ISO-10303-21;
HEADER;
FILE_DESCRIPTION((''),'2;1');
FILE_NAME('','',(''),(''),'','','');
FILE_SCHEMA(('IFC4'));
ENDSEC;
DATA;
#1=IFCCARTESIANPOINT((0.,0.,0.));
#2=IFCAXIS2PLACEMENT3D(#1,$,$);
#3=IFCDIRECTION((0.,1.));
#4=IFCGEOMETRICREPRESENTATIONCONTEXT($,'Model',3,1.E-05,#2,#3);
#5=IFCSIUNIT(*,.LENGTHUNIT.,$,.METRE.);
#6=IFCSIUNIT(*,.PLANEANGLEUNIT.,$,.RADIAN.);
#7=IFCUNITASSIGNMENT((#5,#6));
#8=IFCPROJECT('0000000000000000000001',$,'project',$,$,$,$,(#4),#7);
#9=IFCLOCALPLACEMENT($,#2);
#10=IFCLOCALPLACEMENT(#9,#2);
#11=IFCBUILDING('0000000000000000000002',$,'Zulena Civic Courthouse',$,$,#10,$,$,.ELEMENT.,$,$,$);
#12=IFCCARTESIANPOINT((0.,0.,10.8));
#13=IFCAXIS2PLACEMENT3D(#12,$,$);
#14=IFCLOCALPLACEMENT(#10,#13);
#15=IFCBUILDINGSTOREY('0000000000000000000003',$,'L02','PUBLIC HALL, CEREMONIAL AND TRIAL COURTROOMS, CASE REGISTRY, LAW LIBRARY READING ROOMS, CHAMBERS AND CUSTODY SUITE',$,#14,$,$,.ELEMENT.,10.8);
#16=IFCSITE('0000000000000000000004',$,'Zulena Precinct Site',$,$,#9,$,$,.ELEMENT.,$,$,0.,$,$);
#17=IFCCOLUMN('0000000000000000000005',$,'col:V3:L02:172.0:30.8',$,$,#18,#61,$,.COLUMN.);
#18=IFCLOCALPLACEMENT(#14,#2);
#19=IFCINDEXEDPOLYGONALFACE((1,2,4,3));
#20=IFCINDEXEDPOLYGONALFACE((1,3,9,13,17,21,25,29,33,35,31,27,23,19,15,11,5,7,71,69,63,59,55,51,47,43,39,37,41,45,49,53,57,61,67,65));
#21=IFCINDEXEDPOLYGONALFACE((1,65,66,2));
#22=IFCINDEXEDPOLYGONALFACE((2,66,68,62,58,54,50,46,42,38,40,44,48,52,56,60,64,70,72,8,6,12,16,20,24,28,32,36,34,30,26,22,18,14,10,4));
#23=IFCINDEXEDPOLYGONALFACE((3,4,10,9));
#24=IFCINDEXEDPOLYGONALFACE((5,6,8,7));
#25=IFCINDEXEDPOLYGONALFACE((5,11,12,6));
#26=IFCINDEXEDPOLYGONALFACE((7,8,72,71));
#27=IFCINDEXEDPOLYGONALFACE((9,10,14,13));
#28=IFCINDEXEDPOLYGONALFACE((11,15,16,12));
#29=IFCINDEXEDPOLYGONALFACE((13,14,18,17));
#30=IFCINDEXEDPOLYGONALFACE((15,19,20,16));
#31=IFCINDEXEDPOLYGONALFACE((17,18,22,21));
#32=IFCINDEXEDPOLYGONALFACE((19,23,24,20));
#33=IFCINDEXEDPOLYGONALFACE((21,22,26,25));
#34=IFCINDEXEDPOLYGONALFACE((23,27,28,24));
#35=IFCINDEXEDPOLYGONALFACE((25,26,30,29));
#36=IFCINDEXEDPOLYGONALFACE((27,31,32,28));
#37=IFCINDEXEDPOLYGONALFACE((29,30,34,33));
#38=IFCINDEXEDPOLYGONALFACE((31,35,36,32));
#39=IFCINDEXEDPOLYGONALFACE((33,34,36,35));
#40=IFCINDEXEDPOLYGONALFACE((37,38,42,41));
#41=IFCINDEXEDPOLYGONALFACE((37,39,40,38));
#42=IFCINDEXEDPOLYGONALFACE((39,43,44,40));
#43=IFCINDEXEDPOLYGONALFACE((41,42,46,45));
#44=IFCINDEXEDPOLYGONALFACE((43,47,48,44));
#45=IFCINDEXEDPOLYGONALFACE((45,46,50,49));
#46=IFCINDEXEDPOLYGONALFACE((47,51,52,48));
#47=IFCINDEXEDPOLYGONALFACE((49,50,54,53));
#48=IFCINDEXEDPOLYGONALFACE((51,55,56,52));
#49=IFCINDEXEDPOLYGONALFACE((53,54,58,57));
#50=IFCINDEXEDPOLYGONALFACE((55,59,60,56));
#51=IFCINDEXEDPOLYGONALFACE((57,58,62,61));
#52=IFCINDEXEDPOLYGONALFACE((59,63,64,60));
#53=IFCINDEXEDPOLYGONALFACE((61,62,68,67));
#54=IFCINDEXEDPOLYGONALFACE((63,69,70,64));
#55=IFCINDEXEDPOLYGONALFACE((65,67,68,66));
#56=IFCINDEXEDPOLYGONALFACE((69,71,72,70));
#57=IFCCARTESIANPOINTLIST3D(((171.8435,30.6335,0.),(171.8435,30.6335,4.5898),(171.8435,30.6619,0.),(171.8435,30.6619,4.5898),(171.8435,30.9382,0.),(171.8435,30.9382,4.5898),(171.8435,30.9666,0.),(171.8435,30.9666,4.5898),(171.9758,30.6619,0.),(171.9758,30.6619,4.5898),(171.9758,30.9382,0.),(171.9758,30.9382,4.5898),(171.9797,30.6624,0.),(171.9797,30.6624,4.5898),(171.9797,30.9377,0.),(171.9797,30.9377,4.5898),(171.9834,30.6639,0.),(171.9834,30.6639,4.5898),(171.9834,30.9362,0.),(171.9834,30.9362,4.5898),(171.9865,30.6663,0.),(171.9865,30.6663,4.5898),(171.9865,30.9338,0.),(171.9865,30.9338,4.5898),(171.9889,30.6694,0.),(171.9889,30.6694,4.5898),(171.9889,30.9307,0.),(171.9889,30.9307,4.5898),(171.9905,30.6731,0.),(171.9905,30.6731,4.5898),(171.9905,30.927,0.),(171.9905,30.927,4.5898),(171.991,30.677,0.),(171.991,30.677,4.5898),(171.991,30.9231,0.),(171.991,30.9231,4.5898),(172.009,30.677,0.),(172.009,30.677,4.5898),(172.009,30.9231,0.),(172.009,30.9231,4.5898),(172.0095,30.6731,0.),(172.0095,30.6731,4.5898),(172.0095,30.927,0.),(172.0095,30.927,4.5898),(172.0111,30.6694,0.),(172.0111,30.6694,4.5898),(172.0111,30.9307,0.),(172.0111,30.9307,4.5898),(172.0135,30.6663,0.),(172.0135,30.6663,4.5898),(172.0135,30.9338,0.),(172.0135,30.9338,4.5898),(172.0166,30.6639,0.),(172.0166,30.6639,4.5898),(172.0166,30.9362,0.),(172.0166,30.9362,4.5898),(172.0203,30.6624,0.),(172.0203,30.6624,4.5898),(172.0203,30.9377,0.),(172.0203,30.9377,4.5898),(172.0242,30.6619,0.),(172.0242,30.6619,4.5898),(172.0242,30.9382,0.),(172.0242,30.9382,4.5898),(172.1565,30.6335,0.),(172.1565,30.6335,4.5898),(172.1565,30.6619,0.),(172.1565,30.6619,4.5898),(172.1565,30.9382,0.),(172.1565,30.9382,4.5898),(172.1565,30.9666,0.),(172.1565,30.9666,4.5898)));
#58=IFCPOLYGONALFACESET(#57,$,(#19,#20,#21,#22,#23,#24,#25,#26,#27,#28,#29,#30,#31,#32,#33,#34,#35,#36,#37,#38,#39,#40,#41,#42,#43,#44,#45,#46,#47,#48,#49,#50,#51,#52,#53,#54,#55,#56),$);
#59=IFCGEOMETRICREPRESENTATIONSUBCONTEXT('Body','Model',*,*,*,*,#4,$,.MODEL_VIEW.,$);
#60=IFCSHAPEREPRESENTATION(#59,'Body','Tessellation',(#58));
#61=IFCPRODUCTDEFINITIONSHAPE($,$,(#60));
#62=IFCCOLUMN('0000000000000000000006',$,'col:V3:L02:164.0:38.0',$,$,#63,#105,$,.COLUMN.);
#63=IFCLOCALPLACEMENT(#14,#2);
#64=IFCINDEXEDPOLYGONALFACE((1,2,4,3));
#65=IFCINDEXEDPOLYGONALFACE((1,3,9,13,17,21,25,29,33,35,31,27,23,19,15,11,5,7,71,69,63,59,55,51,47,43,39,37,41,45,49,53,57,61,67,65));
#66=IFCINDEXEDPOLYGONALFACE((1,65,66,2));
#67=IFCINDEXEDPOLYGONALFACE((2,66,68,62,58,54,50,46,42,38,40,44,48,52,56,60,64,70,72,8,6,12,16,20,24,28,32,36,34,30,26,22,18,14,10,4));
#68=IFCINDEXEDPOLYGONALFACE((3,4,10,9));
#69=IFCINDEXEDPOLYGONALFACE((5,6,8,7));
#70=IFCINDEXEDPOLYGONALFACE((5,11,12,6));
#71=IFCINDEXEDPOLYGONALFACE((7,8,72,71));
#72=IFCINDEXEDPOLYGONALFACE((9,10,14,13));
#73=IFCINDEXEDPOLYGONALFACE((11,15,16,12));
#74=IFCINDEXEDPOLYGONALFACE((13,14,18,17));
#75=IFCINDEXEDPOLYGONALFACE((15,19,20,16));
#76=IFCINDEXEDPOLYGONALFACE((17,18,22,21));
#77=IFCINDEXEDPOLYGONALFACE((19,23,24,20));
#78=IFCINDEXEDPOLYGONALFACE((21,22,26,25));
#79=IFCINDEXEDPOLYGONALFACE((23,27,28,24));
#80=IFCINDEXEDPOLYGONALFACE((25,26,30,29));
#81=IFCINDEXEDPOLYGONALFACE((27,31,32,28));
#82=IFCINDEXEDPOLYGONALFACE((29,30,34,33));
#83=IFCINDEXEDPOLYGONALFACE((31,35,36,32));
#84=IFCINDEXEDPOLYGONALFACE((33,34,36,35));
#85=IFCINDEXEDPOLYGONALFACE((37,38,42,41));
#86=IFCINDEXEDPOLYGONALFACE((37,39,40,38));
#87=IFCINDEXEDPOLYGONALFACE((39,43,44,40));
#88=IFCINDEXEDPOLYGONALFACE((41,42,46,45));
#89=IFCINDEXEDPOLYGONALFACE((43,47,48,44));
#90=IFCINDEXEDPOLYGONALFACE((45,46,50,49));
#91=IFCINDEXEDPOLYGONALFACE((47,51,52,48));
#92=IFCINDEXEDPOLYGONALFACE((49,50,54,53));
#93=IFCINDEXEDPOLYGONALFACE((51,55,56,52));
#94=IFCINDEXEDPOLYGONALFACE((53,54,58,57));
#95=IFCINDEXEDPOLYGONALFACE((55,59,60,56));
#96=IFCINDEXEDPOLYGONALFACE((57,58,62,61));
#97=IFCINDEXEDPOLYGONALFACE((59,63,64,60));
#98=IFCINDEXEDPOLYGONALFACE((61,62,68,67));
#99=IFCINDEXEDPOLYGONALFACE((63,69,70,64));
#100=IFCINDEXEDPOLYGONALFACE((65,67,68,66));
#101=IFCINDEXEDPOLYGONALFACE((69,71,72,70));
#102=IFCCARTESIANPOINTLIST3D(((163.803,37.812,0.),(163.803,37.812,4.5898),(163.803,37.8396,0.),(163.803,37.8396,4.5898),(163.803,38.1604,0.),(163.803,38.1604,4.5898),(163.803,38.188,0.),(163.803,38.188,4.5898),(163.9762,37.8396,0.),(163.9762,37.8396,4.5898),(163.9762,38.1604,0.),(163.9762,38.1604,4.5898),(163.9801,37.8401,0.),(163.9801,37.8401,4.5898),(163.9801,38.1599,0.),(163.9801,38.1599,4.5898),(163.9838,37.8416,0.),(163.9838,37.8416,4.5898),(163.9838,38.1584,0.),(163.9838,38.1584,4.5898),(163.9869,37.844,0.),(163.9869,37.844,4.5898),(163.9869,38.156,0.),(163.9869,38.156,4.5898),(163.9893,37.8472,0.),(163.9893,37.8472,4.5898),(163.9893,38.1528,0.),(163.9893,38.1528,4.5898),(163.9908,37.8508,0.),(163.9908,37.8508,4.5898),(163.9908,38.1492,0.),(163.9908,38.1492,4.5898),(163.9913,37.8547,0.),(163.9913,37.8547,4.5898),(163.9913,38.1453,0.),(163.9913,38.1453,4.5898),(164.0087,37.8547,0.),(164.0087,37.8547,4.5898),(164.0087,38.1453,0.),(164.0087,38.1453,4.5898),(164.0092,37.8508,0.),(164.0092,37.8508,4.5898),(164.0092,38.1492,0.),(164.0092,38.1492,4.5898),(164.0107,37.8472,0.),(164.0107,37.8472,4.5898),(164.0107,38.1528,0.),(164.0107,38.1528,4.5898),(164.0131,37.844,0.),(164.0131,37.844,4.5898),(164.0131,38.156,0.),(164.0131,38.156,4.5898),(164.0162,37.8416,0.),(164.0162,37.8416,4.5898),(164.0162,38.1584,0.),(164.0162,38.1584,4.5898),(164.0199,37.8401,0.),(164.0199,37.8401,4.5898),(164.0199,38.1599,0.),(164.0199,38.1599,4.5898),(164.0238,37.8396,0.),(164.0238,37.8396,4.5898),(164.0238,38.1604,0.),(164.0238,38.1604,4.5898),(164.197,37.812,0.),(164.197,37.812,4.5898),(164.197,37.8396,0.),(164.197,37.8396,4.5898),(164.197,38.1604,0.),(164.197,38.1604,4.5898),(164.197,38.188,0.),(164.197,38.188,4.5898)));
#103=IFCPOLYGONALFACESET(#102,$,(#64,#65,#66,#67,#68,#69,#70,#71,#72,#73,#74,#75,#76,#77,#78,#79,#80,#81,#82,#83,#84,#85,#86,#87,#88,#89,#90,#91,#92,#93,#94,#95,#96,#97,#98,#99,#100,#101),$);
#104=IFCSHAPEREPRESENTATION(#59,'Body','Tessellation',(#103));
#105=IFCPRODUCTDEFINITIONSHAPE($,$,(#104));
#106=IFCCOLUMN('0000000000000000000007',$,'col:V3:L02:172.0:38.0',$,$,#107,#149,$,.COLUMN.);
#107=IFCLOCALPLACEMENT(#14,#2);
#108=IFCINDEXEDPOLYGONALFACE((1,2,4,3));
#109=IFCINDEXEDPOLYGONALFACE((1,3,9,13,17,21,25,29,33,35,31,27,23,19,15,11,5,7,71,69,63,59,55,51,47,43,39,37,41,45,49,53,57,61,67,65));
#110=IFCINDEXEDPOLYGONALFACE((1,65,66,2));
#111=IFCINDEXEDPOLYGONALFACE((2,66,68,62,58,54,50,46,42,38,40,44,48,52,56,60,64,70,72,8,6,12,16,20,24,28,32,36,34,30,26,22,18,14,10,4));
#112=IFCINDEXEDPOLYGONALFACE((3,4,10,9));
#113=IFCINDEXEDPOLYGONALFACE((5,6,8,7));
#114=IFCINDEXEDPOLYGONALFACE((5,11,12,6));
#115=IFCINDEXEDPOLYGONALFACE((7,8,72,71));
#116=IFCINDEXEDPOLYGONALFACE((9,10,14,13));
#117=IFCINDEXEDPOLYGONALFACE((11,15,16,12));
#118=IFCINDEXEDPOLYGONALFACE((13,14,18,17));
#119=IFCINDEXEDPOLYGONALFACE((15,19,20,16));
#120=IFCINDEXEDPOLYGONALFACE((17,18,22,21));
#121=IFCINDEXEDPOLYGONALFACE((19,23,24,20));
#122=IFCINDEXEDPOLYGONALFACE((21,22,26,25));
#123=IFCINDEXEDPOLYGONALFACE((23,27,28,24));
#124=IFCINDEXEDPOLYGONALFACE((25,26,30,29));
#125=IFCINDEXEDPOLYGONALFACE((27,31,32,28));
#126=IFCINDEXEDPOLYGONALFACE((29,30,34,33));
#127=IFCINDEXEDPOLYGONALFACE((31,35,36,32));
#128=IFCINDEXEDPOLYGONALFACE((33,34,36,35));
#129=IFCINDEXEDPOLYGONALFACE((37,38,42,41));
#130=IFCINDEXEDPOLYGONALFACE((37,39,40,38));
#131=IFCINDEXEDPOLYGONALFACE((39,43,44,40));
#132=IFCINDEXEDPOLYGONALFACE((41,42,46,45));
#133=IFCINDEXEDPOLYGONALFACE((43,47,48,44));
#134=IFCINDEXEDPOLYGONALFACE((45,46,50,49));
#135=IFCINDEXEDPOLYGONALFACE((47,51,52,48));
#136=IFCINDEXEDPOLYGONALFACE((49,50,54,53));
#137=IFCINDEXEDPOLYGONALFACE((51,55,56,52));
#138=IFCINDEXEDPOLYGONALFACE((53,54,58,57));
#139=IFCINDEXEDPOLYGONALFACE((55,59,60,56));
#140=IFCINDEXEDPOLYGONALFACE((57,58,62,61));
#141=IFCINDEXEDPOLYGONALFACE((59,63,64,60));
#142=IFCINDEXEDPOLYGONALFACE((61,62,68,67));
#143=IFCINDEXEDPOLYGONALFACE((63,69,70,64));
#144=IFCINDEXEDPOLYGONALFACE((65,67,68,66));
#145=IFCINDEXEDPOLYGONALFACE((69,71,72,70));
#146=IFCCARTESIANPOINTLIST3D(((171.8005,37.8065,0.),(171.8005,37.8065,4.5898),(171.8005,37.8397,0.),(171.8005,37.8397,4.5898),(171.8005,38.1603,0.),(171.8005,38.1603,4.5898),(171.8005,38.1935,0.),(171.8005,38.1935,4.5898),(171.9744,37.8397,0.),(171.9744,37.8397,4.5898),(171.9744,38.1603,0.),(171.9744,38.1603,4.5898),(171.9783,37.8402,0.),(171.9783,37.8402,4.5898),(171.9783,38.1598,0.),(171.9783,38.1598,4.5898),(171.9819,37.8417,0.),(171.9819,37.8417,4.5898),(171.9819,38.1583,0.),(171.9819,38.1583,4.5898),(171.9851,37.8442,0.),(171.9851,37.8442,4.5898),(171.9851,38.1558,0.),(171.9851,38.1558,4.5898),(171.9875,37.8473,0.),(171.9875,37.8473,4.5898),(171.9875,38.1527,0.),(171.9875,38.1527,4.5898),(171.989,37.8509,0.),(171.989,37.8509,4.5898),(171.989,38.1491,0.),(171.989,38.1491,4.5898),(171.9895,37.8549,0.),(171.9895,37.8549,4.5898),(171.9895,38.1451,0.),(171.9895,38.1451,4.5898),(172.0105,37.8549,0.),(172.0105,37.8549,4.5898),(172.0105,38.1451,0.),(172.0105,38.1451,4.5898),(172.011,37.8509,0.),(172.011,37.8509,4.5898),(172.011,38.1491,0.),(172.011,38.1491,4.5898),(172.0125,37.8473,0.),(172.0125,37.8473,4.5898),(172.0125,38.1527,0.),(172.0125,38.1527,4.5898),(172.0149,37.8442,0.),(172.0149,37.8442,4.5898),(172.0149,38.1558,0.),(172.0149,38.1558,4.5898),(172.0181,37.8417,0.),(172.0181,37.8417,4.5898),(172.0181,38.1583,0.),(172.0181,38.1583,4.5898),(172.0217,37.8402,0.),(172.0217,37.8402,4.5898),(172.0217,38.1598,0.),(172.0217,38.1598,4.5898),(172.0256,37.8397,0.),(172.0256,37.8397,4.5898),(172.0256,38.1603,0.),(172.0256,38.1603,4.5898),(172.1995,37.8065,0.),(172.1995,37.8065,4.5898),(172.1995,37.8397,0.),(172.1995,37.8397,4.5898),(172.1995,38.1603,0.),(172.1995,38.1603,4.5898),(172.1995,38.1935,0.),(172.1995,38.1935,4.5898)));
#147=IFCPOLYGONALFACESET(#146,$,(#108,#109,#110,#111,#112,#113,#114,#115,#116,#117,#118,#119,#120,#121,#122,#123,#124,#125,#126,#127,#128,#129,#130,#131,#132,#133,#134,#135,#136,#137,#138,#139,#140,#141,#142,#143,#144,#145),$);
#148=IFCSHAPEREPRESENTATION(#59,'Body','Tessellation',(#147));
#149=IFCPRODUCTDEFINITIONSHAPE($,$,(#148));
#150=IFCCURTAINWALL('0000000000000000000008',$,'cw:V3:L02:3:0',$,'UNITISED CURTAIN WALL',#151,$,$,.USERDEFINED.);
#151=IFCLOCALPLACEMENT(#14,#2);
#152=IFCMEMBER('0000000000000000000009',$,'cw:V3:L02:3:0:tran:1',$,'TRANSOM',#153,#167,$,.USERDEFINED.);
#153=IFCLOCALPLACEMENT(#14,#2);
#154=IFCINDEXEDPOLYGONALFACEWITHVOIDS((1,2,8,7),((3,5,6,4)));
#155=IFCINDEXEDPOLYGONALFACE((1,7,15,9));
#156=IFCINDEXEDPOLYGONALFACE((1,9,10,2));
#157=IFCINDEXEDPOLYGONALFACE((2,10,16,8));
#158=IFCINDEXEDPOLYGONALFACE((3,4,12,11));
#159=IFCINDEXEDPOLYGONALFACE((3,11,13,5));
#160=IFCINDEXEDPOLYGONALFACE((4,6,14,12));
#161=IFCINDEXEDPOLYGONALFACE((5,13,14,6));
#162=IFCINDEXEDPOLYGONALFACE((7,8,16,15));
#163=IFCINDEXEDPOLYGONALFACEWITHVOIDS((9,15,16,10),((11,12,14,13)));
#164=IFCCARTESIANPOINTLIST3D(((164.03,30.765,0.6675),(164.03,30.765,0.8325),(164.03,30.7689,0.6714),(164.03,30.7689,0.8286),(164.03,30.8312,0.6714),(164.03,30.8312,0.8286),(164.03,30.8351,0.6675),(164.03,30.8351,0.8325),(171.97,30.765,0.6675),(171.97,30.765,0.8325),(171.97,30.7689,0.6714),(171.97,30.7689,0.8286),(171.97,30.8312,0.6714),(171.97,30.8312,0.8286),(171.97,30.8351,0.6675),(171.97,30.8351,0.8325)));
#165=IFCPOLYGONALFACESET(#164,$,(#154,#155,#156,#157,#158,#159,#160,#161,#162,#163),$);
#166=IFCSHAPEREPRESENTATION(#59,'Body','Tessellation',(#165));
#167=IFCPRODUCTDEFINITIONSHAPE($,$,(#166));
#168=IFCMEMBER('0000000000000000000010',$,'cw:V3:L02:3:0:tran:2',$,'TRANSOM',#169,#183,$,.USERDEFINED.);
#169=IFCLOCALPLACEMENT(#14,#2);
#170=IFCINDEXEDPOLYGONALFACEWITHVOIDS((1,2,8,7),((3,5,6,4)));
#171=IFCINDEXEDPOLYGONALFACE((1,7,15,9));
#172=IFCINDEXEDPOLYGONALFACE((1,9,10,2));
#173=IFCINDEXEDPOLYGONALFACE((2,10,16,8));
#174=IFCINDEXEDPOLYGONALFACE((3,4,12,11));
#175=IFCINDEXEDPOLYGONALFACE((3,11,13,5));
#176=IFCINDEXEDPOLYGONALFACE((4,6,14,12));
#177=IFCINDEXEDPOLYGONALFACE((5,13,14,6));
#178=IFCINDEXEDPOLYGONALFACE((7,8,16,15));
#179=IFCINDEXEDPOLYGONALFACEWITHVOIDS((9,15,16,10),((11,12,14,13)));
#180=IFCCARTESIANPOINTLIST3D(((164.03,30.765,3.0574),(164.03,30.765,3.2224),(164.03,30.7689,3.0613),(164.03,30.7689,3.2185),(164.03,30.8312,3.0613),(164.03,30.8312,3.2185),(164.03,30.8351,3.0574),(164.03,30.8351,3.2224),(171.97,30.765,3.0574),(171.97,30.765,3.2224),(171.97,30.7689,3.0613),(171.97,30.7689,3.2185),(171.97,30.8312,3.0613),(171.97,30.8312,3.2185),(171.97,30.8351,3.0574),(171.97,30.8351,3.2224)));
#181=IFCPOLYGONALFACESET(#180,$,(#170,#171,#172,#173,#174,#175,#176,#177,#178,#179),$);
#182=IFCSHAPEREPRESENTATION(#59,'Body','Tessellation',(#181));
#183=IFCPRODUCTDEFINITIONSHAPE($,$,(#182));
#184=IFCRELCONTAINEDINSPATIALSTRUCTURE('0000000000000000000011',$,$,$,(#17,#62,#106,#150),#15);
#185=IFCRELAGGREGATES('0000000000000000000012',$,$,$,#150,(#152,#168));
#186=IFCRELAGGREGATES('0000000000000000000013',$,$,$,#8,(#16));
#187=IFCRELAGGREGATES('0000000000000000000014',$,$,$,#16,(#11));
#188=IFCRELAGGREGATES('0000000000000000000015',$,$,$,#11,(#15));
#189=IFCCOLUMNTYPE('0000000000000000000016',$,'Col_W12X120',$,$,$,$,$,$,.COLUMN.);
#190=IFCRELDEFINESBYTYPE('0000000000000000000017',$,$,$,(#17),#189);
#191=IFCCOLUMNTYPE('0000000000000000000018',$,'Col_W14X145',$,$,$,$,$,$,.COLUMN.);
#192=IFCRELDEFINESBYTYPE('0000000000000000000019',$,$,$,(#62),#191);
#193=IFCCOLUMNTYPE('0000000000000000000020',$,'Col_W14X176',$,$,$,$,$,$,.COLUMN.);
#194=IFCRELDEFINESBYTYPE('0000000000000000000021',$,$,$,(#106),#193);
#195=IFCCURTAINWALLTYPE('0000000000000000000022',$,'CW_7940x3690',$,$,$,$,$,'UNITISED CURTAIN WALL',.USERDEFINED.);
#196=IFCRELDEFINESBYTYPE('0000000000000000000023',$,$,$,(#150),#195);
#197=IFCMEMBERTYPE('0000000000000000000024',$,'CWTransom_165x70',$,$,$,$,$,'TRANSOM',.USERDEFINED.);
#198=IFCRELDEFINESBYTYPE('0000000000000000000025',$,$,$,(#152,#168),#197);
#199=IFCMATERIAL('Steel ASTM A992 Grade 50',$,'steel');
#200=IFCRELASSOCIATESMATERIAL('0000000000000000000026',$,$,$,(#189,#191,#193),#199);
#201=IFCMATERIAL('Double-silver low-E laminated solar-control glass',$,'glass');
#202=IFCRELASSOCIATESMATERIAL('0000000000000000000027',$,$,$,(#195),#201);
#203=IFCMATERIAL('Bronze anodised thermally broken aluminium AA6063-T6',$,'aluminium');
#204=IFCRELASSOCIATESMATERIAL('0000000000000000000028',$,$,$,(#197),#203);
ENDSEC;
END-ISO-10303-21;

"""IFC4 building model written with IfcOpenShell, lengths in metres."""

from ifc_helpers import new_model, si_unit, direction, frame, origin, origin_2d, place, context, subcontext, project, spatial, hollow_rectangle, i_section, extrude, material, material_profile, profile_set, type_object, element, aggregate, save


model = new_model("IFC4")

# Units and contexts
model_context = context("Model", 3, precision=1e-05, world=origin(), true_north=direction((0.0, 1.0)))
body_context = subcontext(model_context, "Body", "Model", "MODEL_VIEW")
ifc_project = project(units=[si_unit("LENGTHUNIT", "METRE"), si_unit("PLANEANGLEUNIT", "RADIAN")], contexts=[model_context])

# Site, building, storey
site_placement = place(None, origin())
site = spatial("IfcSite", under=ifc_project, at=site_placement, Name="Zulena Precinct Site", CompositionType="ELEMENT", RefElevation=0.0)
building_placement = place(site_placement, origin())
building = spatial("IfcBuilding", under=site, at=building_placement, Name="Zulena Civic Courthouse", CompositionType="ELEMENT")
storey_placement = place(building_placement, frame((0.0, 0.0, 10.8)))
storey = spatial("IfcBuildingStorey", under=building, at=storey_placement, Name="L02", Description="PUBLIC HALL, CEREMONIAL AND TRIAL COURTROOMS, CASE REGISTRY, LAW LIBRARY READING ROOMS, CHAMBERS AND CUSTODY SUITE", CompositionType="ELEMENT", Elevation=10.8)

# Columns
ifc_material_1 = material(Name="Steel ASTM A992 Grade 50", Category="steel")
ifc_material_profile_1 = material_profile(ifc_material_1, i_section(OverallWidth=0.313, OverallDepth=0.333, WebThickness=0.0181, FlangeThickness=0.0283, FilletRadius=0.0151, at=origin_2d()), Name="W12X120")
ifc_profile_set_1 = profile_set([ifc_material_profile_1], Name="Steel ASTM A992 Grade 50")
column_type_1 = type_object("IfcColumnType", Name="Col_W12X120", PredefinedType="COLUMN", material=ifc_profile_set_1)
column_1_placement = place(storey_placement, frame((172.0, 30.8, 0.0), z_axis=(0.0, 0.0, 1.0), x_axis=(1.0, 0.0, 0.0)))
element("IfcColumn", 1, at=column_1_placement, inside=storey, type_object=column_type_1, Name="col:V3:L02:172.0:30.8", PredefinedType="COLUMN", context=body_context, shape_type="SweptSolid", body=[
    extrude(i_section(OverallWidth=0.313, OverallDepth=0.333, WebThickness=0.0181, FlangeThickness=0.0283, FilletRadius=0.0151, at=origin_2d()), origin(), (0.0, 0.0, 1.0), 4.5898),
])
ifc_material_profile_2 = material_profile(ifc_material_1, i_section(OverallWidth=0.394, OverallDepth=0.376, WebThickness=0.0173, FlangeThickness=0.0276, FilletRadius=0.0151, at=origin_2d()), Name="W14X145")
ifc_profile_set_2 = profile_set([ifc_material_profile_2], Name="Steel ASTM A992 Grade 50")
column_type_2 = type_object("IfcColumnType", Name="Col_W14X145", PredefinedType="COLUMN", material=ifc_profile_set_2)
column_2_placement = place(storey_placement, frame((164.0, 38.0, 0.0), z_axis=(0.0, 0.0, 1.0), x_axis=(1.0, 0.0, 0.0)))
element("IfcColumn", 2, at=column_2_placement, inside=storey, type_object=column_type_2, Name="col:V3:L02:164.0:38.0", PredefinedType="COLUMN", context=body_context, shape_type="SweptSolid", body=[
    extrude(i_section(OverallWidth=0.394, OverallDepth=0.376, WebThickness=0.0173, FlangeThickness=0.0276, FilletRadius=0.0151, at=origin_2d()), origin(), (0.0, 0.0, 1.0), 4.5898),
])
ifc_material_profile_3 = material_profile(ifc_material_1, i_section(OverallWidth=0.3989, OverallDepth=0.387, WebThickness=0.021, FlangeThickness=0.0332, FilletRadius=0.0151, at=origin_2d()), Name="W14X176")
ifc_profile_set_3 = profile_set([ifc_material_profile_3], Name="Steel ASTM A992 Grade 50")
column_type_3 = type_object("IfcColumnType", Name="Col_W14X176", PredefinedType="COLUMN", material=ifc_profile_set_3)
column_3_placement = place(storey_placement, frame((172.0, 38.0, 0.0), z_axis=(0.0, 0.0, 1.0), x_axis=(1.0, 0.0, 0.0)))
element("IfcColumn", 3, at=column_3_placement, inside=storey, type_object=column_type_3, Name="col:V3:L02:172.0:38.0", PredefinedType="COLUMN", context=body_context, shape_type="SweptSolid", body=[
    extrude(i_section(OverallWidth=0.3989, OverallDepth=0.387, WebThickness=0.021, FlangeThickness=0.0332, FilletRadius=0.0151, at=origin_2d()), origin(), (0.0, 0.0, 1.0), 4.5898),
])

# Curtain wall, members
ifc_material_2 = material(Name="Double-silver low-E laminated solar-control glass", Category="glass")
curtain_wall_type = type_object("IfcCurtainWallType", Name="CW_7940x3690", ElementType="UNITISED CURTAIN WALL", PredefinedType="USERDEFINED", material=ifc_material_2)
curtain_wall_placement = place(storey_placement, origin())
curtain_wall = element("IfcCurtainWall", 4, at=curtain_wall_placement, inside=storey, type_object=curtain_wall_type, Name="cw:V3:L02:3:0", ObjectType="UNITISED CURTAIN WALL", PredefinedType="USERDEFINED")
ifc_material_3 = material(Name="Bronze anodised thermally broken aluminium AA6063-T6", Category="aluminium")
ifc_material_profile_4 = material_profile(ifc_material_3, hollow_rectangle(XDim=0.0701, YDim=0.165, WallThickness=0.0039, at=origin_2d()), Name="CWT165X70X4")
ifc_profile_set_4 = profile_set([ifc_material_profile_4], Name="Bronze anodised thermally broken aluminium AA6063-T6")
member_type = type_object("IfcMemberType", Name="CWTransom_165x70", ElementType="TRANSOM", PredefinedType="USERDEFINED", material=ifc_profile_set_4)
member_1_placement = place(storey_placement, frame((171.97, 30.8, 0.75), z_axis=(-1.0, 0.0, 0.0), x_axis=(0.0, -1.0, 0.0)))
member_1 = element("IfcMember", 5, at=member_1_placement, type_object=member_type, Name="cw:V3:L02:3:0:tran:1", ObjectType="TRANSOM", PredefinedType="USERDEFINED", context=body_context, shape_type="SweptSolid", body=[
    extrude(hollow_rectangle(XDim=0.0701, YDim=0.165, WallThickness=0.0039, at=origin_2d()), origin(), (0.0, 0.0, 1.0), 7.9399),
])
member_2_placement = place(storey_placement, frame((171.97, 30.8, 3.1399), z_axis=(-1.0, 0.0, 0.0), x_axis=(0.0, -1.0, 0.0)))
member_2 = element("IfcMember", 6, at=member_2_placement, type_object=member_type, Name="cw:V3:L02:3:0:tran:2", ObjectType="TRANSOM", PredefinedType="USERDEFINED", context=body_context, shape_type="SweptSolid", body=[
    extrude(hollow_rectangle(XDim=0.0701, YDim=0.165, WallThickness=0.0039, at=origin_2d()), origin(), (0.0, 0.0, 1.0), 7.9399),
])
aggregate(curtain_wall, [member_1, member_2])

save(model, "model.ifc")
